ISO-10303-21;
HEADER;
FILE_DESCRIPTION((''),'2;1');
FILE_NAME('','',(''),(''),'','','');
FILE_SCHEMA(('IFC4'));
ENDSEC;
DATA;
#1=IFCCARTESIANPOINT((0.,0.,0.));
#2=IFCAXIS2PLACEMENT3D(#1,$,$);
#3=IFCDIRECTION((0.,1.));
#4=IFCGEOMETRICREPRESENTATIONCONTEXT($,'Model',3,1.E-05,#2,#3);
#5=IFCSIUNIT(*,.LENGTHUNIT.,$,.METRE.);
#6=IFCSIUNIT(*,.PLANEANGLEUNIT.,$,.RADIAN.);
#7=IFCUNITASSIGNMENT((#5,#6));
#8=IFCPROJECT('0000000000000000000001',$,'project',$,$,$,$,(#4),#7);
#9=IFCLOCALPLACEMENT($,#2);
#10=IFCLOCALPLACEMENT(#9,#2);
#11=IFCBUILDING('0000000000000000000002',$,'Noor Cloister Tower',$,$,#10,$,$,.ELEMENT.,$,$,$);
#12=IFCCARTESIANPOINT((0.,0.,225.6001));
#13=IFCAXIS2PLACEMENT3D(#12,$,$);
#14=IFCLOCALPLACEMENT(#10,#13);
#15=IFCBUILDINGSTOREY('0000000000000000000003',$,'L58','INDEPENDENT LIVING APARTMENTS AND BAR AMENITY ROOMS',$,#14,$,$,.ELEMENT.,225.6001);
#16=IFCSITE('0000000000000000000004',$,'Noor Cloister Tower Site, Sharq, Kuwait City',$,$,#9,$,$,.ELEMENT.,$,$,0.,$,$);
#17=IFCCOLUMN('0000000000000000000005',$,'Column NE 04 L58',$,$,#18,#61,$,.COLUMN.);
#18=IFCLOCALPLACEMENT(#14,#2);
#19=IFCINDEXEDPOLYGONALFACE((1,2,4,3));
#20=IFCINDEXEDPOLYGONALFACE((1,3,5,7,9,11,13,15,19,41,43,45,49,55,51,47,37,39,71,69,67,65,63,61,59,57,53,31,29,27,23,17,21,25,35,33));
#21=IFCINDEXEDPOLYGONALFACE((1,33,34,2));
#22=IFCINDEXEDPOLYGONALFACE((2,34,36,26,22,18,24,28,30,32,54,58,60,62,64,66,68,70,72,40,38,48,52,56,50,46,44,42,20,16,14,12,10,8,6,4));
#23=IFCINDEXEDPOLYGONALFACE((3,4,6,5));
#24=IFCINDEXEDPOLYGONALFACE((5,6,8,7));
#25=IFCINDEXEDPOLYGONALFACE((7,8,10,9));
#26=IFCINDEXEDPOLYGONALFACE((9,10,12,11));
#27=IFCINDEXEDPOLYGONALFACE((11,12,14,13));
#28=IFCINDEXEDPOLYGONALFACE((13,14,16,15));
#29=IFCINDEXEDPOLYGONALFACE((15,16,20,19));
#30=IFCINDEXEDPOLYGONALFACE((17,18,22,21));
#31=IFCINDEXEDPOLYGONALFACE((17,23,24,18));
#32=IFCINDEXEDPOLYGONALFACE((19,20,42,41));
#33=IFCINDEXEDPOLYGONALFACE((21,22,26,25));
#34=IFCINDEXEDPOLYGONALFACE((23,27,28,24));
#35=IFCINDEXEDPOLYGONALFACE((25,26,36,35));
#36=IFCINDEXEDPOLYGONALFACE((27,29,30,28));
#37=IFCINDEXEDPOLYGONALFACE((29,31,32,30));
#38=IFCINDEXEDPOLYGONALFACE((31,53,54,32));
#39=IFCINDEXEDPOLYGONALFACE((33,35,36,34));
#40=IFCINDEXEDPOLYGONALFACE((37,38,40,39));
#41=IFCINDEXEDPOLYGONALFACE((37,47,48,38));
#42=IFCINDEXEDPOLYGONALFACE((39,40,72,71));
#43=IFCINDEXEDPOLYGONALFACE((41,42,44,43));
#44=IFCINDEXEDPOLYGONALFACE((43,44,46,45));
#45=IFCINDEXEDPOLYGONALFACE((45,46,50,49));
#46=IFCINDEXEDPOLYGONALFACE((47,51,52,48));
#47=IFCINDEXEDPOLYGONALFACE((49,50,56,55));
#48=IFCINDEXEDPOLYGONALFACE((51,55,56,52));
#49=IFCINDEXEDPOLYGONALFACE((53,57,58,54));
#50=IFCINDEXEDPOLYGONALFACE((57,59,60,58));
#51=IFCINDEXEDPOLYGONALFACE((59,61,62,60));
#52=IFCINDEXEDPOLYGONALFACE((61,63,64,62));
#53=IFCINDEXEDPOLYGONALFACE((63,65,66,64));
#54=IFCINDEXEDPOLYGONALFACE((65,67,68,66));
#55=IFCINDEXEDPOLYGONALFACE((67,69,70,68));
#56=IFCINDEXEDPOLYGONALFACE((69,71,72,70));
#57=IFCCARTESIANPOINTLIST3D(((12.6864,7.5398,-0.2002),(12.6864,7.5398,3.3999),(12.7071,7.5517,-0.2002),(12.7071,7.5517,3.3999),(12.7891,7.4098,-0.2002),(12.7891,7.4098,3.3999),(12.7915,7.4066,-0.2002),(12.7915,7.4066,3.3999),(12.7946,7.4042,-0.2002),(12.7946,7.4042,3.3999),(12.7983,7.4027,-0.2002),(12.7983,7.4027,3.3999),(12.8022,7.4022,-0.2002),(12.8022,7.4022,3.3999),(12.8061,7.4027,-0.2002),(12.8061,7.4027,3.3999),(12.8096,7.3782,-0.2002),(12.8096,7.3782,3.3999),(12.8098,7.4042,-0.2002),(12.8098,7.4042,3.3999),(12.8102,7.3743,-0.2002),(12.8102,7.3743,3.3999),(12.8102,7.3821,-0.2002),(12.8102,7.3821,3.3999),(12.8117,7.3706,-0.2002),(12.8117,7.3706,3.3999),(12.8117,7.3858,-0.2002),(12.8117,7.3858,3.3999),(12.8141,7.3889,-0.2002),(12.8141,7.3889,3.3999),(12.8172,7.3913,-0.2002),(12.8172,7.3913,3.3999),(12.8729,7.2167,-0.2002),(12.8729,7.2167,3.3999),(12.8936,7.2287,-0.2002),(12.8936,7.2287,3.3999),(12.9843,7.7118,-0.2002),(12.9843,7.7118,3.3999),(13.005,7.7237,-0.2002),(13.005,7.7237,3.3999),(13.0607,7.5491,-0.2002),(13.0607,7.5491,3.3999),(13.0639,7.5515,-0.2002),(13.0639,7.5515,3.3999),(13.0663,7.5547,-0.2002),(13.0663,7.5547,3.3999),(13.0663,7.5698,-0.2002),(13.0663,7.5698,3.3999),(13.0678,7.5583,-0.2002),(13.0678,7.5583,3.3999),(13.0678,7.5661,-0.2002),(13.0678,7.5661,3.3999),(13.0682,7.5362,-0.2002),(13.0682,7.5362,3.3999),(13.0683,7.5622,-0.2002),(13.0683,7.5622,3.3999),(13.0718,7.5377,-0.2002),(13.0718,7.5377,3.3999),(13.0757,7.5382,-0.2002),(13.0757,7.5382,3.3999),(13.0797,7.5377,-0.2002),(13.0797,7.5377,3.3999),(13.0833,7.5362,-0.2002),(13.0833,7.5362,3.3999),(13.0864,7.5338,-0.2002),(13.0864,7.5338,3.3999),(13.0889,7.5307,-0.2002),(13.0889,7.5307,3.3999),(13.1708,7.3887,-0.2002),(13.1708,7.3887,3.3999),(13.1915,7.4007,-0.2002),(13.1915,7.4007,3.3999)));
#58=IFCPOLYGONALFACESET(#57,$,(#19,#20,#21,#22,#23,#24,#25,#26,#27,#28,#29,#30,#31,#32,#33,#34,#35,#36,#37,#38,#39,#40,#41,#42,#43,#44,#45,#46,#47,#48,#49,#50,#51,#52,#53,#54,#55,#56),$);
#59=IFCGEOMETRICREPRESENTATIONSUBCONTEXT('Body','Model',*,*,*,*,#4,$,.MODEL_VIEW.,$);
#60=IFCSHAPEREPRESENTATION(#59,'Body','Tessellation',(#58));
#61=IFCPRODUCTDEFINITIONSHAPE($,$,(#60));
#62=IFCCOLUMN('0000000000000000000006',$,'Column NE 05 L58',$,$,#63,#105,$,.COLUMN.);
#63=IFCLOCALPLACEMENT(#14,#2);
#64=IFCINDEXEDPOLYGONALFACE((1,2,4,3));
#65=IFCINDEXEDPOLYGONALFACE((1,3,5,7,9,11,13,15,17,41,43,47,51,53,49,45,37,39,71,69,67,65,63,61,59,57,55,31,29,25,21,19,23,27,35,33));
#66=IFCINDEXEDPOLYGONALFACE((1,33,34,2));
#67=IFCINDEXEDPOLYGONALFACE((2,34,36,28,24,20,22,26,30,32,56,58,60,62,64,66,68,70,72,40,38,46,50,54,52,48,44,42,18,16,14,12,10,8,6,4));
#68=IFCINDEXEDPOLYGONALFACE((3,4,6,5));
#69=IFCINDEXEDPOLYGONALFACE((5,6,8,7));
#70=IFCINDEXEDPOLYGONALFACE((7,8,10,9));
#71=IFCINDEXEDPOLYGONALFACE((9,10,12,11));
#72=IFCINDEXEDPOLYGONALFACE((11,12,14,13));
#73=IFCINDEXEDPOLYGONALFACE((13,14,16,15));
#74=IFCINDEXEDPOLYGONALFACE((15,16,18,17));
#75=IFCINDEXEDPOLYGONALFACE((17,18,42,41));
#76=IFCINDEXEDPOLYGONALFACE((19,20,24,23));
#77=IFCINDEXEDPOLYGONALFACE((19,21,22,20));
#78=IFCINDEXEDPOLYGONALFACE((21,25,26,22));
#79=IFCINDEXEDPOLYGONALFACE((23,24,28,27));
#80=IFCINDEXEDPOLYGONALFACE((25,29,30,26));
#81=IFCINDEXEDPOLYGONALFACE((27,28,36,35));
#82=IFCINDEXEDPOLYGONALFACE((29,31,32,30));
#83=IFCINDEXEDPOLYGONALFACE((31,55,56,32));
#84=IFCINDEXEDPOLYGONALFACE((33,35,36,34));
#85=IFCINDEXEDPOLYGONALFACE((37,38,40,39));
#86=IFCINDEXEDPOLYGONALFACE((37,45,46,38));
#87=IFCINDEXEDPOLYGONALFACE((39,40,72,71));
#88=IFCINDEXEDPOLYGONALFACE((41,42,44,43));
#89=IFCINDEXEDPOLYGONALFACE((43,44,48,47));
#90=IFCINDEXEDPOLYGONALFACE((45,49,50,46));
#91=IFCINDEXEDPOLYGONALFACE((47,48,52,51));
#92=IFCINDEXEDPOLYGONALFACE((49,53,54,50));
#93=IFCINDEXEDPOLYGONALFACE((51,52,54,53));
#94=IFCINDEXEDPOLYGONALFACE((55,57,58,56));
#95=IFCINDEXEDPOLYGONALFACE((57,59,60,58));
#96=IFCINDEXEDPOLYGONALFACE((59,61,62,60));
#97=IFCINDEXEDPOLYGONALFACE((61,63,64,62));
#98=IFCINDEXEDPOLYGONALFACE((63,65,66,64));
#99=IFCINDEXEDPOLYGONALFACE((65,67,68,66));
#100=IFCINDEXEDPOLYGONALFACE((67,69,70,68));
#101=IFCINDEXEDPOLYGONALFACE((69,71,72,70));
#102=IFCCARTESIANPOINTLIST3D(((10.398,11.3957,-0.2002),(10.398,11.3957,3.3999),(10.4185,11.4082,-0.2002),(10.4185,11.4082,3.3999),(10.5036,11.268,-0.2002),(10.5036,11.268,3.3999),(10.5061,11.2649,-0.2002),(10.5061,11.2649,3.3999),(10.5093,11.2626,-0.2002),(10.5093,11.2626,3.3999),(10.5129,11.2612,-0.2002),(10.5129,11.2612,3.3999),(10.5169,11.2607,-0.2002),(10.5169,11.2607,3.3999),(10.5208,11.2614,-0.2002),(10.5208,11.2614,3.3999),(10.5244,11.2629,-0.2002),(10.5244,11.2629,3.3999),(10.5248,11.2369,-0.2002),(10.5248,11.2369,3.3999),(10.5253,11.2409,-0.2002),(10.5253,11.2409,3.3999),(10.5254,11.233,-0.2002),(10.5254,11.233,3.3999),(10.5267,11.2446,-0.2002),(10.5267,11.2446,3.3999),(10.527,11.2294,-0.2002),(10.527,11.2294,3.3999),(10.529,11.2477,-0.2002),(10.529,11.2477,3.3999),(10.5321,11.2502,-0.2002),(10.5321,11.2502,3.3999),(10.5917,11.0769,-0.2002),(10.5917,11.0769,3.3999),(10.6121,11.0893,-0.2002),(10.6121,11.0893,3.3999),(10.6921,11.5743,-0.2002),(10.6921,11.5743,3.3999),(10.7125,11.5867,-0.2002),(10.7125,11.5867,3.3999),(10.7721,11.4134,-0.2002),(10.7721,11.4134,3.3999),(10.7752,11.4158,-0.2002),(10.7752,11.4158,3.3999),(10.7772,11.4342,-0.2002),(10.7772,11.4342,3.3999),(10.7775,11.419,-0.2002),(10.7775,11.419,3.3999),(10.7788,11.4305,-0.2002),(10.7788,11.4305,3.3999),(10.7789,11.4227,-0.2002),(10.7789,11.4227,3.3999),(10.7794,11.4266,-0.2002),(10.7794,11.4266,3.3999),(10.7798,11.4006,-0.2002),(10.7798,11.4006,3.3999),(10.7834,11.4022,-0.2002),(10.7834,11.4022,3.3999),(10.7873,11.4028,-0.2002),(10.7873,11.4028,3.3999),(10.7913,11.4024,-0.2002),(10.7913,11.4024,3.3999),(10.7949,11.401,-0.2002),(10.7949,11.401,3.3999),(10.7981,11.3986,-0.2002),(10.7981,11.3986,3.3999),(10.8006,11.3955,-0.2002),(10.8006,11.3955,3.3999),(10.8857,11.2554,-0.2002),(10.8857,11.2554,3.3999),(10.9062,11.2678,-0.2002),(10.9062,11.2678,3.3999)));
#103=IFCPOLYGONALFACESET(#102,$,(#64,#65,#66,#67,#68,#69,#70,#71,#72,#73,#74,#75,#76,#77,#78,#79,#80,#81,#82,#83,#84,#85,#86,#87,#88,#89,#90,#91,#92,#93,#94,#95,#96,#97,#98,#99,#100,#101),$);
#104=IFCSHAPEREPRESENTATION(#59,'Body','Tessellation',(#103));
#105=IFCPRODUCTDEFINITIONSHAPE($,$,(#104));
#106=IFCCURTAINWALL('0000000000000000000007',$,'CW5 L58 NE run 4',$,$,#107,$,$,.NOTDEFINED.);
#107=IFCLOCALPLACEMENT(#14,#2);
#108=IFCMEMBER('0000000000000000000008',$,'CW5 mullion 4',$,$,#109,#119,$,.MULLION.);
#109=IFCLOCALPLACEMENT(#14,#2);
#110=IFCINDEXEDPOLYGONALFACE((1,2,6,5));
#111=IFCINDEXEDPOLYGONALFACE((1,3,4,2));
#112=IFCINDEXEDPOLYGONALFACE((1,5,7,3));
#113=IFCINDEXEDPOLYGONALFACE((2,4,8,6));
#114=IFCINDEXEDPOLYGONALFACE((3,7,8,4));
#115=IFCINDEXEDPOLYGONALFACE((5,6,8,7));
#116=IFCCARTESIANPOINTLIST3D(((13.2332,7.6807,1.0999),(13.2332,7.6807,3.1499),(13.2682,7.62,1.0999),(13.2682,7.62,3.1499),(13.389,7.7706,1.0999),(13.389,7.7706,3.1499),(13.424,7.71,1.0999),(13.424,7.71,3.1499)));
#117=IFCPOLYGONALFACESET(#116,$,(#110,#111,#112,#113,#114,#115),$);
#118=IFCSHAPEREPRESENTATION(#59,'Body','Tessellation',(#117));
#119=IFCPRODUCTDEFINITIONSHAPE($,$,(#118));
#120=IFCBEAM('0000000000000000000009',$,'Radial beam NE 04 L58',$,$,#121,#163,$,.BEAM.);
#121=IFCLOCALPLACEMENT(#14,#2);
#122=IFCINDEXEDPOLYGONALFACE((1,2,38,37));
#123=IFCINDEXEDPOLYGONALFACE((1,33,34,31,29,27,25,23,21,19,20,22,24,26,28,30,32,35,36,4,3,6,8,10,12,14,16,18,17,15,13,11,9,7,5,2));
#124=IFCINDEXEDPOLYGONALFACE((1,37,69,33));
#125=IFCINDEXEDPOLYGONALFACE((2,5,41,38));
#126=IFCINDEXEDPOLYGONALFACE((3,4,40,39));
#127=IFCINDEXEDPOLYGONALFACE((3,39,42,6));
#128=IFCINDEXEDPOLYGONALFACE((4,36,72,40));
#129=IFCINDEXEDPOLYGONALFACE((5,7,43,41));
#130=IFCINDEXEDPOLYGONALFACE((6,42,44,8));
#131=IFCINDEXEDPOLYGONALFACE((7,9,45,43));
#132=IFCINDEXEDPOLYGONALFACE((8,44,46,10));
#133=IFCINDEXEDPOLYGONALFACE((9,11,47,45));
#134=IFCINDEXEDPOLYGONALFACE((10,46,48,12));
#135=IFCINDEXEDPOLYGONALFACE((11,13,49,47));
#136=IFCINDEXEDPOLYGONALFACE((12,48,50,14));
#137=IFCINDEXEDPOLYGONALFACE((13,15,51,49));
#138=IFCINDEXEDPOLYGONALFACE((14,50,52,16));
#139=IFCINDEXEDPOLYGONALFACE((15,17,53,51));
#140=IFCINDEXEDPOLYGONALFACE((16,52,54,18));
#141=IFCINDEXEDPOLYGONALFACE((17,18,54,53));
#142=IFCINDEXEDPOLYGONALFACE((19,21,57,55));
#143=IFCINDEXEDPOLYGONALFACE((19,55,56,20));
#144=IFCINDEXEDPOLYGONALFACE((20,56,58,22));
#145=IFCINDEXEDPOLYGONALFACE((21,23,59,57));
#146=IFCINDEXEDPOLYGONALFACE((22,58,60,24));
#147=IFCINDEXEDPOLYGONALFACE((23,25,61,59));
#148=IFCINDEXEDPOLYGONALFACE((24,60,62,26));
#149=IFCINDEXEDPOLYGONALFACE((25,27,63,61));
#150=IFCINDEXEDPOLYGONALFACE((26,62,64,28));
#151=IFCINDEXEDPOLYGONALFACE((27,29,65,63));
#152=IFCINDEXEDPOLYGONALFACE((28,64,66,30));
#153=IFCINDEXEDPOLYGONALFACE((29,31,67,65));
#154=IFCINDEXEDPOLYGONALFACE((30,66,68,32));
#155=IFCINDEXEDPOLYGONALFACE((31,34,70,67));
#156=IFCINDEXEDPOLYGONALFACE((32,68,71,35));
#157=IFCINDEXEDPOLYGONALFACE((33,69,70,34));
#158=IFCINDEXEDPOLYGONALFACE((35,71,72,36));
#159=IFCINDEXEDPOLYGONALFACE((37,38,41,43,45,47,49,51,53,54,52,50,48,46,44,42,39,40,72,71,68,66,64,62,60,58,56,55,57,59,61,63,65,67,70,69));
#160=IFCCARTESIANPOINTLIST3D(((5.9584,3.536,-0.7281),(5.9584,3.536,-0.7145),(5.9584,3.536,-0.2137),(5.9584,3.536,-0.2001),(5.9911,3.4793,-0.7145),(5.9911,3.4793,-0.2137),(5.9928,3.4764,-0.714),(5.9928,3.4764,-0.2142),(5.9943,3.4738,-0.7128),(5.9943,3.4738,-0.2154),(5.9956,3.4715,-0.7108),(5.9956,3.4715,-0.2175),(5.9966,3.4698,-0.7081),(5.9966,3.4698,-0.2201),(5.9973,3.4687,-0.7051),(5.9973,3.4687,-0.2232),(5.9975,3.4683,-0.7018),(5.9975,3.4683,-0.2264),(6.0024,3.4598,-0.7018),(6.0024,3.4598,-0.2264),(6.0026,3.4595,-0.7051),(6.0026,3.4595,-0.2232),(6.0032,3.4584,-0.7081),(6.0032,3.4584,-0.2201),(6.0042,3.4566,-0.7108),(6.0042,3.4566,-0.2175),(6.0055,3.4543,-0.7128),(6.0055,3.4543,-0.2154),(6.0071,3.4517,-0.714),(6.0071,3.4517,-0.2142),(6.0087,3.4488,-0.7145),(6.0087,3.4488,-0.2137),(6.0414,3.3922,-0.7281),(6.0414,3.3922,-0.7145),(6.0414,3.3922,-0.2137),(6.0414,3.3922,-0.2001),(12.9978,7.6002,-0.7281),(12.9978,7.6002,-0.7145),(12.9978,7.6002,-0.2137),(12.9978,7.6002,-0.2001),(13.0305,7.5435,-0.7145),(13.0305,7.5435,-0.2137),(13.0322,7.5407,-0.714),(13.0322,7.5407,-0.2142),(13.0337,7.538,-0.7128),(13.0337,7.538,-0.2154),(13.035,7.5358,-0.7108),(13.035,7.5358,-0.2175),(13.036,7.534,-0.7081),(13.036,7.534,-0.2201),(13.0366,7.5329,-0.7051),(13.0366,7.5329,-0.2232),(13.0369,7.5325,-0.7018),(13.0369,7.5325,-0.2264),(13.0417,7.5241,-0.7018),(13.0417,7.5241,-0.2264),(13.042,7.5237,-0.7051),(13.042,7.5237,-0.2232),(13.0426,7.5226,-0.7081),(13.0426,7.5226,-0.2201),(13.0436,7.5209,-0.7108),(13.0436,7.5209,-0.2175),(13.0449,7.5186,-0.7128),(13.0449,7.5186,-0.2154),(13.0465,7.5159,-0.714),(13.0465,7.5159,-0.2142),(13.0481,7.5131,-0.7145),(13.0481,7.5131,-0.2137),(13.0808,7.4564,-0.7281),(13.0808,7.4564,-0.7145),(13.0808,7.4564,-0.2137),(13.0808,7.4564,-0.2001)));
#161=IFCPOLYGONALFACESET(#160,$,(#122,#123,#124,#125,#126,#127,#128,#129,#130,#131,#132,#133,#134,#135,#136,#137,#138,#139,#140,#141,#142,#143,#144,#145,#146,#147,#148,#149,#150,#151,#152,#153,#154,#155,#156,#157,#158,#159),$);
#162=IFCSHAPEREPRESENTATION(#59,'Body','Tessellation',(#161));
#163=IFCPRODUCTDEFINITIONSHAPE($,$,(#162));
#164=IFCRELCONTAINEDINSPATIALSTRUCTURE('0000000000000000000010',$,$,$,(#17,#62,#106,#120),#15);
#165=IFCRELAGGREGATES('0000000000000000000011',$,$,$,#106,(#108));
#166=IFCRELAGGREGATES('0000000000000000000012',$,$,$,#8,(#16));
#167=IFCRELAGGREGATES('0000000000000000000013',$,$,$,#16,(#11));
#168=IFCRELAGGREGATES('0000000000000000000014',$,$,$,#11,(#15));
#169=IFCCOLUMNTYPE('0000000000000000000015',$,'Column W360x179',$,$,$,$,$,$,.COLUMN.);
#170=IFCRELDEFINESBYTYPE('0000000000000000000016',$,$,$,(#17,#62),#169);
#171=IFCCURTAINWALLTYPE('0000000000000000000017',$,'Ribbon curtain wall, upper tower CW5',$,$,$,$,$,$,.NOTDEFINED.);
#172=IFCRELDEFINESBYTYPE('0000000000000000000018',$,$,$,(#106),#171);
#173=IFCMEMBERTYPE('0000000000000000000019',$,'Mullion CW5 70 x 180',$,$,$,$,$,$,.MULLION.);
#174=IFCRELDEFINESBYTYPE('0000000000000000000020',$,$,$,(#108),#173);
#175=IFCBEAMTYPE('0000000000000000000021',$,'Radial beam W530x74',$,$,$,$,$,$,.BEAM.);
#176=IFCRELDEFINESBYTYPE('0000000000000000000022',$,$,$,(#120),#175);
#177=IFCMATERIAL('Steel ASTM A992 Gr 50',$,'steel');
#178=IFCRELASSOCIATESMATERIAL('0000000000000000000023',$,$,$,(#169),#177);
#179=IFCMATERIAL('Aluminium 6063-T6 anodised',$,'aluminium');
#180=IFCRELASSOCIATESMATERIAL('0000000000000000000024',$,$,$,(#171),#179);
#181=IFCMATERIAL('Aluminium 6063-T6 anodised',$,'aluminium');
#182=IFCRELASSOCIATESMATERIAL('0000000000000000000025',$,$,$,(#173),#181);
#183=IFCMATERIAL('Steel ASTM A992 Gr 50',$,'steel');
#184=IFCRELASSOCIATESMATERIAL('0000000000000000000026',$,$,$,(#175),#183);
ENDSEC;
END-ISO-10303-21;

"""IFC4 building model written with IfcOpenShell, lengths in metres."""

from ifc_helpers import new_model, si_unit, direction, frame, origin, origin_2d, place, context, subcontext, project, spatial, rectangle, i_section, extrude, material, material_profile, profile_set, type_object, element, aggregate, save


model = new_model("IFC4")

# Units and contexts
model_context = context("Model", 3, precision=1e-05, world=origin(), true_north=direction((0.0, 1.0)))
body_context = subcontext(model_context, "Body", "Model", "MODEL_VIEW")
ifc_project = project(units=[si_unit("LENGTHUNIT", "METRE"), si_unit("PLANEANGLEUNIT", "RADIAN")], contexts=[model_context])

# Site, building, storey
site_placement = place(None, origin())
site = spatial("IfcSite", under=ifc_project, at=site_placement, Name="Noor Cloister Tower Site, Sharq, Kuwait City", CompositionType="ELEMENT", RefElevation=0.0)
building_placement = place(site_placement, origin())
building = spatial("IfcBuilding", under=site, at=building_placement, Name="Noor Cloister Tower", CompositionType="ELEMENT")
storey_placement = place(building_placement, frame((0.0, 0.0, 225.6001)))
storey = spatial("IfcBuildingStorey", under=building, at=storey_placement, Name="L58", Description="INDEPENDENT LIVING APARTMENTS AND BAR AMENITY ROOMS", CompositionType="ELEMENT", Elevation=225.6001)

# Columns
ifc_material_1 = material(Name="Steel ASTM A992 Gr 50", Category="steel")
ifc_material_profile_1 = material_profile(ifc_material_1, i_section(OverallWidth=0.373, OverallDepth=0.3679, WebThickness=0.0149, FlangeThickness=0.0239, FilletRadius=0.0151, at=origin_2d()), Name="W360x179")
ifc_profile_set_1 = profile_set([ifc_material_profile_1], Name="Steel ASTM A992 Gr 50")
column_type = type_object("IfcColumnType", Name="Column W360x179", PredefinedType="COLUMN", material=ifc_profile_set_1)
for number, where, z_axis, x_axis, name in (
    (1, (12.939, 7.4702, -0.2002), (0.0, 0.0, 1.0), (-0.5, 0.866025, 0.0), "Column NE 04 L58"),
    (2, (10.6521, 11.3318, -0.2002), (0.0, 0.0, 1.0), (-0.519044, 0.854747, 0.0), "Column NE 05 L58"),
):
    element("IfcColumn", number, at=place(storey_placement, frame(where, z_axis=z_axis, x_axis=x_axis)), inside=storey, type_object=column_type, Name=name, PredefinedType="COLUMN", context=body_context, shape_type="SweptSolid", body=[
        extrude(i_section(OverallWidth=0.373, OverallDepth=0.3679, WebThickness=0.0149, FlangeThickness=0.0239, FilletRadius=0.0151, at=origin_2d()), origin(), (0.0, 0.0, 1.0), 3.6001),
    ])

# Curtain wall, member
ifc_material_2 = material(Name="Aluminium 6063-T6 anodised", Category="aluminium")
curtain_wall_type = type_object("IfcCurtainWallType", Name="Ribbon curtain wall, upper tower CW5", PredefinedType="NOTDEFINED", material=ifc_material_2)
curtain_wall_placement = place(storey_placement, origin())
curtain_wall = element("IfcCurtainWall", 3, at=curtain_wall_placement, inside=storey, type_object=curtain_wall_type, Name="CW5 L58 NE run 4", PredefinedType="NOTDEFINED")
ifc_material_3 = material(Name="Aluminium 6063-T6 anodised", Category="aluminium")
ifc_material_profile_2 = material_profile(ifc_material_3, rectangle(XDim=0.1799, YDim=0.0701, at=origin_2d()), Name="180 x 70 mullion")
ifc_profile_set_2 = profile_set([ifc_material_profile_2], Name="Aluminium 6063-T6 anodised")
member_type = type_object("IfcMemberType", Name="Mullion CW5 70 x 180", PredefinedType="MULLION", material=ifc_profile_set_2)
member_placement = place(storey_placement, frame((13.3286, 7.6953, 1.0999), z_axis=(0.0, 0.0, 1.0), x_axis=(-0.866025, -0.5, 0.0)))
member = element("IfcMember", 4, at=member_placement, type_object=member_type, Name="CW5 mullion 4", PredefinedType="MULLION", context=body_context, shape_type="SweptSolid", body=[
    extrude(rectangle(XDim=0.1799, YDim=0.0701, at=origin_2d()), origin(), (0.0, 0.0, 1.0), 2.05),
])

# Beam
ifc_material_4 = material(Name="Steel ASTM A992 Gr 50", Category="steel")
ifc_material_profile_3 = material_profile(ifc_material_4, i_section(OverallWidth=0.166, OverallDepth=0.5281, WebThickness=0.0098, FlangeThickness=0.0137, FilletRadius=0.0127, at=origin_2d()), Name="W530x74")
ifc_profile_set_3 = profile_set([ifc_material_profile_3], Name="Steel ASTM A992 Gr 50")
beam_type_1 = type_object("IfcBeamType", Name="Radial beam W530x74", PredefinedType="BEAM", material=ifc_profile_set_3)
beam_1_placement = place(storey_placement, frame((13.0393, 7.5283, -0.4641), z_axis=(-0.866022, -0.500006, 0.0), x_axis=(0.500006, -0.866022, 0.0)))
element("IfcBeam", 5, at=beam_1_placement, inside=storey, type_object=beam_type_1, Name="Radial beam NE 04 L58", PredefinedType="BEAM", context=body_context, shape_type="SweptSolid", body=[
    extrude(i_section(OverallWidth=0.166, OverallDepth=0.5281, WebThickness=0.0098, FlangeThickness=0.0137, FilletRadius=0.0127, at=origin_2d()), origin(), (0.0, 0.0, 1.0), 8.1284),
])

aggregate(curtain_wall, [member])

save(model, "model.ifc")
